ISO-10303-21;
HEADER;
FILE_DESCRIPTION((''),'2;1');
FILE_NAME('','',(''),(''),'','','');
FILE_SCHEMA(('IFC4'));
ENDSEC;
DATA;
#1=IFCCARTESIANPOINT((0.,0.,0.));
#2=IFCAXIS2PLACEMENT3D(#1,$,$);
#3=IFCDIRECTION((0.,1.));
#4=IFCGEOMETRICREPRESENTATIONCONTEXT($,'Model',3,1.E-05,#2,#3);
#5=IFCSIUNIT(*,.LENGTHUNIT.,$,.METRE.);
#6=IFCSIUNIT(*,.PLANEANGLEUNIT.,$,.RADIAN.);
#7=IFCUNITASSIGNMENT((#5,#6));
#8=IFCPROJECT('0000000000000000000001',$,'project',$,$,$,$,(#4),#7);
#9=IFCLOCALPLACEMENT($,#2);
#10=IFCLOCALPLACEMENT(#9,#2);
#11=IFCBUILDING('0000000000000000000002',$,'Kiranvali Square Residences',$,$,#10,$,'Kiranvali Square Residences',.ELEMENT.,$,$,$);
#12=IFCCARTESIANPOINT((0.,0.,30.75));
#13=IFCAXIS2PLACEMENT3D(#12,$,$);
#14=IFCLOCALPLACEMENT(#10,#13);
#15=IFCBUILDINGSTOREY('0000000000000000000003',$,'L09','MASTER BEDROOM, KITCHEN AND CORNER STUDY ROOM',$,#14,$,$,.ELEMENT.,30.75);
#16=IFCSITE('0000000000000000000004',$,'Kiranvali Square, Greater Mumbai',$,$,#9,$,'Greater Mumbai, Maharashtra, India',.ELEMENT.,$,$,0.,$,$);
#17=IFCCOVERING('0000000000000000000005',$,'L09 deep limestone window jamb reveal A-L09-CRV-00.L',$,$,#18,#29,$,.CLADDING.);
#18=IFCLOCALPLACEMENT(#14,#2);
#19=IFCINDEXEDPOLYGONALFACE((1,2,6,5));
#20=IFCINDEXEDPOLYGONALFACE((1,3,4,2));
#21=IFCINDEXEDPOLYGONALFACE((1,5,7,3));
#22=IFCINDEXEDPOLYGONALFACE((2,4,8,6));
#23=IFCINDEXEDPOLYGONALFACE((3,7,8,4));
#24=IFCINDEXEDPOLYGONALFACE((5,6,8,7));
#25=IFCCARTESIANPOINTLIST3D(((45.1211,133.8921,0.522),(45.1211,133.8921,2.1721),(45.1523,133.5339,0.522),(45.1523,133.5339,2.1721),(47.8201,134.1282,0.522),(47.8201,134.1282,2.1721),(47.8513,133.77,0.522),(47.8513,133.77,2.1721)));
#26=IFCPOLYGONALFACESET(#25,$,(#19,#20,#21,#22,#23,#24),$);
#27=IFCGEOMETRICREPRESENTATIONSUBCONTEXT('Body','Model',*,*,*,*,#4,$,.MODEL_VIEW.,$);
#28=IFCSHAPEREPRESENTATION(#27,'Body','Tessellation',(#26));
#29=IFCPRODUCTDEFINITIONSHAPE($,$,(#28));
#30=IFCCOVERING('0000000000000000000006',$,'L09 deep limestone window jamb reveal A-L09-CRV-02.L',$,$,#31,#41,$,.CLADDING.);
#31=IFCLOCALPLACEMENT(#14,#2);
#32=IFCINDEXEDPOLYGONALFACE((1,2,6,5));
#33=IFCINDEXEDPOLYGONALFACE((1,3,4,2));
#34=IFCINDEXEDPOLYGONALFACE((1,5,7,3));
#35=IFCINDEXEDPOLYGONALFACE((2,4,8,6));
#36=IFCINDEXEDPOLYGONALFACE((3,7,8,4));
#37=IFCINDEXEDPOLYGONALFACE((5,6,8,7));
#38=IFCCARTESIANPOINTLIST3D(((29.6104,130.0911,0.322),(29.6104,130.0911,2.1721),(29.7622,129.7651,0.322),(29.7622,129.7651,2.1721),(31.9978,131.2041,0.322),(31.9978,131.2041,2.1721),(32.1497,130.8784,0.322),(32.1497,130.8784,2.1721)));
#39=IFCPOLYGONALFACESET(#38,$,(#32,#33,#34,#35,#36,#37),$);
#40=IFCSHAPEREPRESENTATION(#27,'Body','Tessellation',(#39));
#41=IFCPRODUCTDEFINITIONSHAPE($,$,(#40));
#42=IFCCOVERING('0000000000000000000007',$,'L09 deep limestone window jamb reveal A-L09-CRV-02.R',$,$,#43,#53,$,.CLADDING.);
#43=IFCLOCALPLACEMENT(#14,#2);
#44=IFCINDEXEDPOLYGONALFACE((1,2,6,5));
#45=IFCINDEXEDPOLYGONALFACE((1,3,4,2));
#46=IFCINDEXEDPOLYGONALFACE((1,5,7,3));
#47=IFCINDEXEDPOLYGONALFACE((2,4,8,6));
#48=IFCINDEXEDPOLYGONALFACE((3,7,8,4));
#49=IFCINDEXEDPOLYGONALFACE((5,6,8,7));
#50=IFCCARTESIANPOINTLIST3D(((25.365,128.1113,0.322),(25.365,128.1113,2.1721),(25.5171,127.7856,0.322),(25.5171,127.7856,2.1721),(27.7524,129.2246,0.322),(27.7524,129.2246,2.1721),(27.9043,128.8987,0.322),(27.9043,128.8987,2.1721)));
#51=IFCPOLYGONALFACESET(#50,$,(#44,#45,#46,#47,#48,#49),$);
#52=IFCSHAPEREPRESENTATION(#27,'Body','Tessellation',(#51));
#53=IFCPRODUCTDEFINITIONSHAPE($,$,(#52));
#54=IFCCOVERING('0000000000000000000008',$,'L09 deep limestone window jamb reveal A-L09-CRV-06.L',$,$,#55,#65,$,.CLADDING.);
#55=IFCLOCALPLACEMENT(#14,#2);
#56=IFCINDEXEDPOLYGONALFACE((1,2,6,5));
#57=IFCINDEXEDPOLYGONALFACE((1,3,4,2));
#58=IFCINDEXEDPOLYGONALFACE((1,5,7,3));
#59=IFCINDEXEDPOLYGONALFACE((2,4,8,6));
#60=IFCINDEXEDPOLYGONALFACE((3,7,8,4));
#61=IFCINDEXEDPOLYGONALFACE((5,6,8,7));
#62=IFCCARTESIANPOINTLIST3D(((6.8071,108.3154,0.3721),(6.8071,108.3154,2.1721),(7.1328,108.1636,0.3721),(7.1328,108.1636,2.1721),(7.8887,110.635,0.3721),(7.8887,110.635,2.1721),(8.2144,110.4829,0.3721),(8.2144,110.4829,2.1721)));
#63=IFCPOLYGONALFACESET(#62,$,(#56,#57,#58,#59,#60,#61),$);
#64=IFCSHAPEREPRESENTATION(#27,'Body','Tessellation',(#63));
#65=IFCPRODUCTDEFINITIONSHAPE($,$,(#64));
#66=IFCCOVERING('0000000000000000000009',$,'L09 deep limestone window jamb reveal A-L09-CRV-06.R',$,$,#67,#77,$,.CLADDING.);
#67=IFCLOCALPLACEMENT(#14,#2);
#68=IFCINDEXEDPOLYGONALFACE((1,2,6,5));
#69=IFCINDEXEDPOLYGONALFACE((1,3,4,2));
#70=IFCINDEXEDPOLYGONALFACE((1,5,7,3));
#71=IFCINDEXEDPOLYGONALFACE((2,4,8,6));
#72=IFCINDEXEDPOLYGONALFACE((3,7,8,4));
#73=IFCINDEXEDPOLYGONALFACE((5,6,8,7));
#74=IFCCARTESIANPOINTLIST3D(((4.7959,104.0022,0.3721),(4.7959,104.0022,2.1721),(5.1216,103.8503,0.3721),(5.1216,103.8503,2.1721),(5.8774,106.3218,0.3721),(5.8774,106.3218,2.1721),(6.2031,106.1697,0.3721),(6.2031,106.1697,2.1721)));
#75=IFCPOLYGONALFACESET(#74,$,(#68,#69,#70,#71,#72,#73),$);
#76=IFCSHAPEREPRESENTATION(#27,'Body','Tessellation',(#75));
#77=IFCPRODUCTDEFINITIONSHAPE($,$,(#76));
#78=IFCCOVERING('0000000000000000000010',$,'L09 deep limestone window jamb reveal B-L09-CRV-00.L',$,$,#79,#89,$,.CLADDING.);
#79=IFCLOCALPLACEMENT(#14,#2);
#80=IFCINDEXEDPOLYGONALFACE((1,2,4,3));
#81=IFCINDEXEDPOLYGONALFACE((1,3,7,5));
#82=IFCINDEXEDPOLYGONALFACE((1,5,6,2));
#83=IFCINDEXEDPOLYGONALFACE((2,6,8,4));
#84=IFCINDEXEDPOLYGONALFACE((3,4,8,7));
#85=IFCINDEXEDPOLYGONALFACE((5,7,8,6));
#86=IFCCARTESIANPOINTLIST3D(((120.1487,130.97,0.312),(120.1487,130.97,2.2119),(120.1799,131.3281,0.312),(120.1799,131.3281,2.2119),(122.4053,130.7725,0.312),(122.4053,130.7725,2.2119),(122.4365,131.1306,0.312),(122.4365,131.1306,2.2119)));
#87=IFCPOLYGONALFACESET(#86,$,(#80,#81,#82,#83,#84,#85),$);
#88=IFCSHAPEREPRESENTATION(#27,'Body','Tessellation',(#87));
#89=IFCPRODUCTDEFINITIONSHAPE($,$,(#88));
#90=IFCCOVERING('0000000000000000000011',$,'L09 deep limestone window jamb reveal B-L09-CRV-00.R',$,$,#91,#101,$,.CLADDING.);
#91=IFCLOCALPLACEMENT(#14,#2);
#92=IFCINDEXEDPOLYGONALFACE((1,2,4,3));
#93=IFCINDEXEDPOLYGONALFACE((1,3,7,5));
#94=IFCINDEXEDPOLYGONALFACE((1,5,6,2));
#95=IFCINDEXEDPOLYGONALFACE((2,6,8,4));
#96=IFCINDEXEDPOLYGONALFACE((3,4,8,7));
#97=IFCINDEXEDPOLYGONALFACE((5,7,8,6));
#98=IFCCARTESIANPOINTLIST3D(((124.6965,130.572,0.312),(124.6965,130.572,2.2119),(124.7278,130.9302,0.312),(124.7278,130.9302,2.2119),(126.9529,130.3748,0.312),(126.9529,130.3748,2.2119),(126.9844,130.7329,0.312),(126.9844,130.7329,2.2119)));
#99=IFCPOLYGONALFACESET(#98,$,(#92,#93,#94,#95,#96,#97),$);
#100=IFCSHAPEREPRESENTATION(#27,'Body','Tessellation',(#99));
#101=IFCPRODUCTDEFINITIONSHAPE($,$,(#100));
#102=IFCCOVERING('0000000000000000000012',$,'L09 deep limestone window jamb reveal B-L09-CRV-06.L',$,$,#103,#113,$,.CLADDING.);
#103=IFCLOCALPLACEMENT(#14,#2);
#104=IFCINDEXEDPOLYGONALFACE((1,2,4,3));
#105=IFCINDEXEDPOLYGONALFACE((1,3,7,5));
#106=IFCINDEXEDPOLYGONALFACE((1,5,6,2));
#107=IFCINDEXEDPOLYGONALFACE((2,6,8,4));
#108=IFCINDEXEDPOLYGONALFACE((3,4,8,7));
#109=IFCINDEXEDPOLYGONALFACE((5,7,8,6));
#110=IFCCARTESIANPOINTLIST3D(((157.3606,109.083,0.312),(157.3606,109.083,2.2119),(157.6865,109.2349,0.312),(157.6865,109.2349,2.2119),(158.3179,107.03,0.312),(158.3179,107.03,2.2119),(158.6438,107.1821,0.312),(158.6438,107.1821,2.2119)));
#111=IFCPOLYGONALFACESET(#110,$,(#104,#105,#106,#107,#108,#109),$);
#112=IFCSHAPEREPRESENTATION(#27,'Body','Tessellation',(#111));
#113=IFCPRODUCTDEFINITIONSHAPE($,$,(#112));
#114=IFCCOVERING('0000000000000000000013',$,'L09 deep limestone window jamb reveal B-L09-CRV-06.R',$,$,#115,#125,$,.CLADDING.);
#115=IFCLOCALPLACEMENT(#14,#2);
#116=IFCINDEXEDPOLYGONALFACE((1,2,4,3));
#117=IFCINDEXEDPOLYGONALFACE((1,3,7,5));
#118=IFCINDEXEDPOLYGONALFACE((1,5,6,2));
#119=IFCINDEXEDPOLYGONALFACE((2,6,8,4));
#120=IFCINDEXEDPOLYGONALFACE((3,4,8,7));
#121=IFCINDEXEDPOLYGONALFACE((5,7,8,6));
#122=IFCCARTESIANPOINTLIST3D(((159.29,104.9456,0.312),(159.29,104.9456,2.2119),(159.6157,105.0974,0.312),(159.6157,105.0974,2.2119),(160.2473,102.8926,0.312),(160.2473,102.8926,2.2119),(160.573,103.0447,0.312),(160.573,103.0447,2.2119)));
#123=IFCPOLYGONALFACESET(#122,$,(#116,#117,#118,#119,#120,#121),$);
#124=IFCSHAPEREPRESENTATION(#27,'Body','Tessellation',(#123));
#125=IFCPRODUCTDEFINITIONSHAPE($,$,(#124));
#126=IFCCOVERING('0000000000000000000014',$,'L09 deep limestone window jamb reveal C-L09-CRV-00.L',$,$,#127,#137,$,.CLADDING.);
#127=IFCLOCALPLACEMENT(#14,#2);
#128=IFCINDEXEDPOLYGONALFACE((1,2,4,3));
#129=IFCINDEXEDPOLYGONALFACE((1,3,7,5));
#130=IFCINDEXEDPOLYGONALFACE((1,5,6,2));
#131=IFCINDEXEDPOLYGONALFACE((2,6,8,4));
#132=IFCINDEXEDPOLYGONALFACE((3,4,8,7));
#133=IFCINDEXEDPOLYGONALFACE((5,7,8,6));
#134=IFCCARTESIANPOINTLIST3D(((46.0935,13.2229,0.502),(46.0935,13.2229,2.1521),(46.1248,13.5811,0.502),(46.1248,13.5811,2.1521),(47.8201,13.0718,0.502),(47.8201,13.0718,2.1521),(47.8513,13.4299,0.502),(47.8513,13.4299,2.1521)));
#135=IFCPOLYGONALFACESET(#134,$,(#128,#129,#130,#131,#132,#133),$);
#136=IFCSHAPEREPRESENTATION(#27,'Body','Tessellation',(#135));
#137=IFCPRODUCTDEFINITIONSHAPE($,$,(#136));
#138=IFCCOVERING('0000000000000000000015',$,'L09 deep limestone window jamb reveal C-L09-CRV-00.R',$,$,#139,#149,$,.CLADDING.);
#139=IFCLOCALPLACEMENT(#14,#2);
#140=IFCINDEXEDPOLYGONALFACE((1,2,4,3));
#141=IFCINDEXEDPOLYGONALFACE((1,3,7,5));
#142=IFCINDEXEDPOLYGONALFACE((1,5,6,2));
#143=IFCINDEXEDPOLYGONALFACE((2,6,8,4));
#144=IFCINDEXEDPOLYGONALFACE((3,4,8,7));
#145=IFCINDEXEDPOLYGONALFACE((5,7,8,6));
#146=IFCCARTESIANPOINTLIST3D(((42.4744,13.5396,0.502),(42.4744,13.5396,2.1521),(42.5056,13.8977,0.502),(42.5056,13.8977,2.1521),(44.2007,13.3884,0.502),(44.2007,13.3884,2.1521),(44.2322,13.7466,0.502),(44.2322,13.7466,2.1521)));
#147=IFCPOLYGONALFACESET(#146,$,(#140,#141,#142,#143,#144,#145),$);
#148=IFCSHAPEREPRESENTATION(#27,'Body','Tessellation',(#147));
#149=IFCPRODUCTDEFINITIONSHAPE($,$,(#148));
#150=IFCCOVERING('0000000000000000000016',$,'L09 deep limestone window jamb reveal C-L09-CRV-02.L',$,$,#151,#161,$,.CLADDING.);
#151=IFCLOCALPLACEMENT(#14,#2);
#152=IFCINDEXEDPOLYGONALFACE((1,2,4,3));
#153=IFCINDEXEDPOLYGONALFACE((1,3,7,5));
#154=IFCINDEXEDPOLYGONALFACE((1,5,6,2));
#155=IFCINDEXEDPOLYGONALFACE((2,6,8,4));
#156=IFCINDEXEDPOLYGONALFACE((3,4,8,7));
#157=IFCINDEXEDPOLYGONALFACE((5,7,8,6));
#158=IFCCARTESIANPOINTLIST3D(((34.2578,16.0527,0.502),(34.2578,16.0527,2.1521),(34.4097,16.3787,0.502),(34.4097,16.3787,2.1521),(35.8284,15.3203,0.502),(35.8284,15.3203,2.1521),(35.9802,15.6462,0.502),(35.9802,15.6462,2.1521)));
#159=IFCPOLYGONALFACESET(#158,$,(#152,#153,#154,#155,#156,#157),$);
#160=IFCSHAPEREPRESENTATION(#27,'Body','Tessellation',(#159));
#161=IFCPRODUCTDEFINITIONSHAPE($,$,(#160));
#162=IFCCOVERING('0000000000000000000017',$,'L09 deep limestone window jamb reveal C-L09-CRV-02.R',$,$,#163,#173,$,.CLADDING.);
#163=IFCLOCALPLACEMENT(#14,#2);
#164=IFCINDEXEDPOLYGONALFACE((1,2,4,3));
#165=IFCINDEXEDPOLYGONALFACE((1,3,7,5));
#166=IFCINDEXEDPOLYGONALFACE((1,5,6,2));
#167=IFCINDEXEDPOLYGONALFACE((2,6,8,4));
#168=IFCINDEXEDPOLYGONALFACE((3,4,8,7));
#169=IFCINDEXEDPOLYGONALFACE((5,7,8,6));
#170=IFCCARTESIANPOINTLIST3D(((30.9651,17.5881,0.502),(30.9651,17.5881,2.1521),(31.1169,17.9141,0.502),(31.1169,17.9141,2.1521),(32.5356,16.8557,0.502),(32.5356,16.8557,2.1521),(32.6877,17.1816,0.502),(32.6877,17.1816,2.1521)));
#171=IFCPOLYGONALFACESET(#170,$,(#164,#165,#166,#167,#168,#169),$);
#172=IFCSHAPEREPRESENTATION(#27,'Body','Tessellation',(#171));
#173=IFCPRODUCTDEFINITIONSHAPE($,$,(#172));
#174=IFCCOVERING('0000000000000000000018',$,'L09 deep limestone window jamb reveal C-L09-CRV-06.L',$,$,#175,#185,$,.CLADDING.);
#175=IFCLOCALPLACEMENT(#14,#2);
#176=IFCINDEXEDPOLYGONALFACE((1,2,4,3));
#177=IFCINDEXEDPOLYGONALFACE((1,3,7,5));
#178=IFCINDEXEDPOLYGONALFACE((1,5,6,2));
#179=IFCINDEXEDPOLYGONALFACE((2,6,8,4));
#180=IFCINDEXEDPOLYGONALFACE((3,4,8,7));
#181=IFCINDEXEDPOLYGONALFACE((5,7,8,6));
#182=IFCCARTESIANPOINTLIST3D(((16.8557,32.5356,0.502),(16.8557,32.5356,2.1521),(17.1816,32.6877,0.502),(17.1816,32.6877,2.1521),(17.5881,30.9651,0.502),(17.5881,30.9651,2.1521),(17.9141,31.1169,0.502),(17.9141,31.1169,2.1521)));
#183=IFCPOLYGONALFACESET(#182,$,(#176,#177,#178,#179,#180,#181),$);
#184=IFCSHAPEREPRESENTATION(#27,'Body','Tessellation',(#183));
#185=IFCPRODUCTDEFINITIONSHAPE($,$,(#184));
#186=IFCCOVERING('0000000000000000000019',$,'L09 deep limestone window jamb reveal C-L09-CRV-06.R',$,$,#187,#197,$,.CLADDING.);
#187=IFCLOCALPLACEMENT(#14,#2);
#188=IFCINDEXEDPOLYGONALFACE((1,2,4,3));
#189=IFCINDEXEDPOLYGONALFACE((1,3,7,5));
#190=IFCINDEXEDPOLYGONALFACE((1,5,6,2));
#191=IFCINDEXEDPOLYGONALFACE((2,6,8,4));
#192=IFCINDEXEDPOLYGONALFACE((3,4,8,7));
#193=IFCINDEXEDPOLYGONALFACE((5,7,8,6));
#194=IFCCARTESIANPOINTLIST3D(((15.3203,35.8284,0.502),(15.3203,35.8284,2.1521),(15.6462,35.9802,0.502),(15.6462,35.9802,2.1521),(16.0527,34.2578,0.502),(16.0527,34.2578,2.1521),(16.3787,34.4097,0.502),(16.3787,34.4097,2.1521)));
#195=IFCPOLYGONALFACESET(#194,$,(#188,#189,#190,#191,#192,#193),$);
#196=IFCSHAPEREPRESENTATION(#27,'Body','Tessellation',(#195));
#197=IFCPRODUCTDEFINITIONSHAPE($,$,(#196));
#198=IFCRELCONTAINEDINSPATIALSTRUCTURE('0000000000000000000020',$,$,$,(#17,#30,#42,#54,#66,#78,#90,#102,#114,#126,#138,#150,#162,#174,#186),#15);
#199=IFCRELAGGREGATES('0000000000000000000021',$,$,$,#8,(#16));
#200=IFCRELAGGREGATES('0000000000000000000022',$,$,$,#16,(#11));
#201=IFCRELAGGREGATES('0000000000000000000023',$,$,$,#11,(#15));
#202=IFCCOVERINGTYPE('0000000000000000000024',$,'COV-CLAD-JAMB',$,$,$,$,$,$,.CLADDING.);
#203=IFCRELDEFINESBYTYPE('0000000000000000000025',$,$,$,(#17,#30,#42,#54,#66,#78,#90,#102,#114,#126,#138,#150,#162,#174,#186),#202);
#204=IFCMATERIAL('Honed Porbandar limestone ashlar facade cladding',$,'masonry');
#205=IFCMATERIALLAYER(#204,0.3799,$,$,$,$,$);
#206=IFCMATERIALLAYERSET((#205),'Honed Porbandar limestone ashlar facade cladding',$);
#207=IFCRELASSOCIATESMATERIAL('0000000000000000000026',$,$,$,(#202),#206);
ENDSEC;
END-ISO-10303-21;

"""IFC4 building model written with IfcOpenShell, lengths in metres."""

from ifc_helpers import new_model, si_unit, direction, frame, origin, place, context, subcontext, project, spatial, polyline, outline, extrude, material, layer, layer_set, type_object, element, save


model = new_model("IFC4")

# Units and contexts
model_context = context("Model", 3, precision=1e-05, world=origin(), true_north=direction((0.0, 1.0)))
body_context = subcontext(model_context, "Body", "Model", "MODEL_VIEW")
ifc_project = project(units=[si_unit("LENGTHUNIT", "METRE"), si_unit("PLANEANGLEUNIT", "RADIAN")], contexts=[model_context])

# Site, building, storey
site_placement = place(None, origin())
site = spatial("IfcSite", under=ifc_project, at=site_placement, Name="Kiranvali Square, Greater Mumbai", LongName="Greater Mumbai, Maharashtra, India", CompositionType="ELEMENT", RefElevation=0.0)
building_placement = place(site_placement, origin())
building = spatial("IfcBuilding", under=site, at=building_placement, Name="Kiranvali Square Residences", LongName="Kiranvali Square Residences", CompositionType="ELEMENT")
storey_placement = place(building_placement, frame((0.0, 0.0, 30.75)))
storey = spatial("IfcBuildingStorey", under=building, at=storey_placement, Name="L09", Description="MASTER BEDROOM, KITCHEN AND CORNER STUDY ROOM", CompositionType="ELEMENT", Elevation=30.75)

# Coverings
ifc_material = material(Name="Honed Porbandar limestone ashlar facade cladding", Category="masonry")
ifc_layer_1 = layer(ifc_material, 0.3799)
ifc_layer_set_1 = layer_set([ifc_layer_1], Name="Honed Porbandar limestone ashlar facade cladding")
covering_type_1 = type_object("IfcCoveringType", Name="COV-CLAD-JAMB", PredefinedType="CLADDING", material=ifc_layer_set_1)
covering_1_placement = place(storey_placement, frame((0.0, 0.0, 0.522)))
element("IfcCovering", 1, at=covering_1_placement, inside=storey, type_object=covering_type_1, Name="L09 deep limestone window jamb reveal A-L09-CRV-00.L", PredefinedType="CLADDING", context=body_context, shape_type="SweptSolid", body=[
    extrude(outline(polyline([(47.8201, 134.1282), (45.1211, 133.8921), (45.1523, 133.5339), (47.8513, 133.77), (47.8201, 134.1282)])), origin(), (0.0, 0.0, 1.0), 1.6501),
])
covering_2_placement = place(storey_placement, frame((0.0, 0.0, 0.322)))
element("IfcCovering", 2, at=covering_2_placement, inside=storey, type_object=covering_type_1, Name="L09 deep limestone window jamb reveal A-L09-CRV-02.L", PredefinedType="CLADDING", context=body_context, shape_type="SweptSolid", body=[
    extrude(outline(polyline([(31.9978, 131.2041), (29.6104, 130.0911), (29.7622, 129.7651), (32.1497, 130.8784), (31.9978, 131.2041)])), origin(), (0.0, 0.0, 1.0), 1.8501),
])
covering_3_placement = place(storey_placement, frame((0.0, 0.0, 0.322)))
element("IfcCovering", 3, at=covering_3_placement, inside=storey, type_object=covering_type_1, Name="L09 deep limestone window jamb reveal A-L09-CRV-02.R", PredefinedType="CLADDING", context=body_context, shape_type="SweptSolid", body=[
    extrude(outline(polyline([(27.7524, 129.2246), (25.365, 128.1113), (25.5171, 127.7856), (27.9043, 128.8987), (27.7524, 129.2246)])), origin(), (0.0, 0.0, 1.0), 1.8501),
])
covering_4_placement = place(storey_placement, frame((0.0, 0.0, 0.3721)))
element("IfcCovering", 4, at=covering_4_placement, inside=storey, type_object=covering_type_1, Name="L09 deep limestone window jamb reveal A-L09-CRV-06.L", PredefinedType="CLADDING", context=body_context, shape_type="SweptSolid", body=[
    extrude(outline(polyline([(7.8887, 110.635), (6.8071, 108.3154), (7.1328, 108.1636), (8.2144, 110.4829), (7.8887, 110.635)])), origin(), (0.0, 0.0, 1.0), 1.8),
])
covering_5_placement = place(storey_placement, frame((0.0, 0.0, 0.3721)))
element("IfcCovering", 5, at=covering_5_placement, inside=storey, type_object=covering_type_1, Name="L09 deep limestone window jamb reveal A-L09-CRV-06.R", PredefinedType="CLADDING", context=body_context, shape_type="SweptSolid", body=[
    extrude(outline(polyline([(5.8774, 106.3218), (4.7959, 104.0022), (5.1216, 103.8503), (6.2031, 106.1697), (5.8774, 106.3218)])), origin(), (0.0, 0.0, 1.0), 1.8),
])
covering_6_placement = place(storey_placement, frame((0.0, 0.0, 0.312)))
element("IfcCovering", 6, at=covering_6_placement, inside=storey, type_object=covering_type_1, Name="L09 deep limestone window jamb reveal B-L09-CRV-00.L", PredefinedType="CLADDING", context=body_context, shape_type="SweptSolid", body=[
    extrude(outline(polyline([(120.1487, 130.97), (122.4053, 130.7725), (122.4365, 131.1306), (120.1799, 131.3281), (120.1487, 130.97)])), origin(), (0.0, 0.0, 1.0), 1.8999),
])
covering_7_placement = place(storey_placement, frame((0.0, 0.0, 0.312)))
element("IfcCovering", 7, at=covering_7_placement, inside=storey, type_object=covering_type_1, Name="L09 deep limestone window jamb reveal B-L09-CRV-00.R", PredefinedType="CLADDING", context=body_context, shape_type="SweptSolid", body=[
    extrude(outline(polyline([(124.6965, 130.572), (126.9529, 130.3748), (126.9844, 130.7329), (124.7278, 130.9302), (124.6965, 130.572)])), origin(), (0.0, 0.0, 1.0), 1.8999),
])
covering_8_placement = place(storey_placement, frame((0.0, 0.0, 0.312)))
element("IfcCovering", 8, at=covering_8_placement, inside=storey, type_object=covering_type_1, Name="L09 deep limestone window jamb reveal B-L09-CRV-06.L", PredefinedType="CLADDING", context=body_context, shape_type="SweptSolid", body=[
    extrude(outline(polyline([(157.3606, 109.083), (158.3179, 107.03), (158.6438, 107.1821), (157.6865, 109.2349), (157.3606, 109.083)])), origin(), (0.0, 0.0, 1.0), 1.8999),
])
covering_9_placement = place(storey_placement, frame((0.0, 0.0, 0.312)))
element("IfcCovering", 9, at=covering_9_placement, inside=storey, type_object=covering_type_1, Name="L09 deep limestone window jamb reveal B-L09-CRV-06.R", PredefinedType="CLADDING", context=body_context, shape_type="SweptSolid", body=[
    extrude(outline(polyline([(159.29, 104.9456), (160.2473, 102.8926), (160.573, 103.0447), (159.6157, 105.0974), (159.29, 104.9456)])), origin(), (0.0, 0.0, 1.0), 1.8999),
])
covering_10_placement = place(storey_placement, frame((0.0, 0.0, 0.502)))
element("IfcCovering", 10, at=covering_10_placement, inside=storey, type_object=covering_type_1, Name="L09 deep limestone window jamb reveal C-L09-CRV-00.L", PredefinedType="CLADDING", context=body_context, shape_type="SweptSolid", body=[
    extrude(outline(polyline([(47.8513, 13.4299), (46.1248, 13.5811), (46.0935, 13.2229), (47.8201, 13.0718), (47.8513, 13.4299)])), origin(), (0.0, 0.0, 1.0), 1.6501),
])
covering_11_placement = place(storey_placement, frame((0.0, 0.0, 0.502)))
element("IfcCovering", 11, at=covering_11_placement, inside=storey, type_object=covering_type_1, Name="L09 deep limestone window jamb reveal C-L09-CRV-00.R", PredefinedType="CLADDING", context=body_context, shape_type="SweptSolid", body=[
    extrude(outline(polyline([(44.2322, 13.7466), (42.5056, 13.8977), (42.4744, 13.5396), (44.2007, 13.3884), (44.2322, 13.7466)])), origin(), (0.0, 0.0, 1.0), 1.6501),
])
covering_12_placement = place(storey_placement, frame((0.0, 0.0, 0.502)))
element("IfcCovering", 12, at=covering_12_placement, inside=storey, type_object=covering_type_1, Name="L09 deep limestone window jamb reveal C-L09-CRV-02.L", PredefinedType="CLADDING", context=body_context, shape_type="SweptSolid", body=[
    extrude(outline(polyline([(35.9802, 15.6462), (34.4097, 16.3787), (34.2578, 16.0527), (35.8284, 15.3203), (35.9802, 15.6462)])), origin(), (0.0, 0.0, 1.0), 1.6501),
])
covering_13_placement = place(storey_placement, frame((0.0, 0.0, 0.502)))
element("IfcCovering", 13, at=covering_13_placement, inside=storey, type_object=covering_type_1, Name="L09 deep limestone window jamb reveal C-L09-CRV-02.R", PredefinedType="CLADDING", context=body_context, shape_type="SweptSolid", body=[
    extrude(outline(polyline([(32.6877, 17.1816), (31.1169, 17.9141), (30.9651, 17.5881), (32.5356, 16.8557), (32.6877, 17.1816)])), origin(), (0.0, 0.0, 1.0), 1.6501),
])
covering_14_placement = place(storey_placement, frame((0.0, 0.0, 0.502)))
element("IfcCovering", 14, at=covering_14_placement, inside=storey, type_object=covering_type_1, Name="L09 deep limestone window jamb reveal C-L09-CRV-06.L", PredefinedType="CLADDING", context=body_context, shape_type="SweptSolid", body=[
    extrude(outline(polyline([(17.9141, 31.1169), (17.1816, 32.6877), (16.8557, 32.5356), (17.5881, 30.9651), (17.9141, 31.1169)])), origin(), (0.0, 0.0, 1.0), 1.6501),
])
covering_15_placement = place(storey_placement, frame((0.0, 0.0, 0.502)))
element("IfcCovering", 15, at=covering_15_placement, inside=storey, type_object=covering_type_1, Name="L09 deep limestone window jamb reveal C-L09-CRV-06.R", PredefinedType="CLADDING", context=body_context, shape_type="SweptSolid", body=[
    extrude(outline(polyline([(16.3787, 34.4097), (15.6462, 35.9802), (15.3203, 35.8284), (16.0527, 34.2578), (16.3787, 34.4097)])), origin(), (0.0, 0.0, 1.0), 1.6501),
])

save(model, "model.ifc")
